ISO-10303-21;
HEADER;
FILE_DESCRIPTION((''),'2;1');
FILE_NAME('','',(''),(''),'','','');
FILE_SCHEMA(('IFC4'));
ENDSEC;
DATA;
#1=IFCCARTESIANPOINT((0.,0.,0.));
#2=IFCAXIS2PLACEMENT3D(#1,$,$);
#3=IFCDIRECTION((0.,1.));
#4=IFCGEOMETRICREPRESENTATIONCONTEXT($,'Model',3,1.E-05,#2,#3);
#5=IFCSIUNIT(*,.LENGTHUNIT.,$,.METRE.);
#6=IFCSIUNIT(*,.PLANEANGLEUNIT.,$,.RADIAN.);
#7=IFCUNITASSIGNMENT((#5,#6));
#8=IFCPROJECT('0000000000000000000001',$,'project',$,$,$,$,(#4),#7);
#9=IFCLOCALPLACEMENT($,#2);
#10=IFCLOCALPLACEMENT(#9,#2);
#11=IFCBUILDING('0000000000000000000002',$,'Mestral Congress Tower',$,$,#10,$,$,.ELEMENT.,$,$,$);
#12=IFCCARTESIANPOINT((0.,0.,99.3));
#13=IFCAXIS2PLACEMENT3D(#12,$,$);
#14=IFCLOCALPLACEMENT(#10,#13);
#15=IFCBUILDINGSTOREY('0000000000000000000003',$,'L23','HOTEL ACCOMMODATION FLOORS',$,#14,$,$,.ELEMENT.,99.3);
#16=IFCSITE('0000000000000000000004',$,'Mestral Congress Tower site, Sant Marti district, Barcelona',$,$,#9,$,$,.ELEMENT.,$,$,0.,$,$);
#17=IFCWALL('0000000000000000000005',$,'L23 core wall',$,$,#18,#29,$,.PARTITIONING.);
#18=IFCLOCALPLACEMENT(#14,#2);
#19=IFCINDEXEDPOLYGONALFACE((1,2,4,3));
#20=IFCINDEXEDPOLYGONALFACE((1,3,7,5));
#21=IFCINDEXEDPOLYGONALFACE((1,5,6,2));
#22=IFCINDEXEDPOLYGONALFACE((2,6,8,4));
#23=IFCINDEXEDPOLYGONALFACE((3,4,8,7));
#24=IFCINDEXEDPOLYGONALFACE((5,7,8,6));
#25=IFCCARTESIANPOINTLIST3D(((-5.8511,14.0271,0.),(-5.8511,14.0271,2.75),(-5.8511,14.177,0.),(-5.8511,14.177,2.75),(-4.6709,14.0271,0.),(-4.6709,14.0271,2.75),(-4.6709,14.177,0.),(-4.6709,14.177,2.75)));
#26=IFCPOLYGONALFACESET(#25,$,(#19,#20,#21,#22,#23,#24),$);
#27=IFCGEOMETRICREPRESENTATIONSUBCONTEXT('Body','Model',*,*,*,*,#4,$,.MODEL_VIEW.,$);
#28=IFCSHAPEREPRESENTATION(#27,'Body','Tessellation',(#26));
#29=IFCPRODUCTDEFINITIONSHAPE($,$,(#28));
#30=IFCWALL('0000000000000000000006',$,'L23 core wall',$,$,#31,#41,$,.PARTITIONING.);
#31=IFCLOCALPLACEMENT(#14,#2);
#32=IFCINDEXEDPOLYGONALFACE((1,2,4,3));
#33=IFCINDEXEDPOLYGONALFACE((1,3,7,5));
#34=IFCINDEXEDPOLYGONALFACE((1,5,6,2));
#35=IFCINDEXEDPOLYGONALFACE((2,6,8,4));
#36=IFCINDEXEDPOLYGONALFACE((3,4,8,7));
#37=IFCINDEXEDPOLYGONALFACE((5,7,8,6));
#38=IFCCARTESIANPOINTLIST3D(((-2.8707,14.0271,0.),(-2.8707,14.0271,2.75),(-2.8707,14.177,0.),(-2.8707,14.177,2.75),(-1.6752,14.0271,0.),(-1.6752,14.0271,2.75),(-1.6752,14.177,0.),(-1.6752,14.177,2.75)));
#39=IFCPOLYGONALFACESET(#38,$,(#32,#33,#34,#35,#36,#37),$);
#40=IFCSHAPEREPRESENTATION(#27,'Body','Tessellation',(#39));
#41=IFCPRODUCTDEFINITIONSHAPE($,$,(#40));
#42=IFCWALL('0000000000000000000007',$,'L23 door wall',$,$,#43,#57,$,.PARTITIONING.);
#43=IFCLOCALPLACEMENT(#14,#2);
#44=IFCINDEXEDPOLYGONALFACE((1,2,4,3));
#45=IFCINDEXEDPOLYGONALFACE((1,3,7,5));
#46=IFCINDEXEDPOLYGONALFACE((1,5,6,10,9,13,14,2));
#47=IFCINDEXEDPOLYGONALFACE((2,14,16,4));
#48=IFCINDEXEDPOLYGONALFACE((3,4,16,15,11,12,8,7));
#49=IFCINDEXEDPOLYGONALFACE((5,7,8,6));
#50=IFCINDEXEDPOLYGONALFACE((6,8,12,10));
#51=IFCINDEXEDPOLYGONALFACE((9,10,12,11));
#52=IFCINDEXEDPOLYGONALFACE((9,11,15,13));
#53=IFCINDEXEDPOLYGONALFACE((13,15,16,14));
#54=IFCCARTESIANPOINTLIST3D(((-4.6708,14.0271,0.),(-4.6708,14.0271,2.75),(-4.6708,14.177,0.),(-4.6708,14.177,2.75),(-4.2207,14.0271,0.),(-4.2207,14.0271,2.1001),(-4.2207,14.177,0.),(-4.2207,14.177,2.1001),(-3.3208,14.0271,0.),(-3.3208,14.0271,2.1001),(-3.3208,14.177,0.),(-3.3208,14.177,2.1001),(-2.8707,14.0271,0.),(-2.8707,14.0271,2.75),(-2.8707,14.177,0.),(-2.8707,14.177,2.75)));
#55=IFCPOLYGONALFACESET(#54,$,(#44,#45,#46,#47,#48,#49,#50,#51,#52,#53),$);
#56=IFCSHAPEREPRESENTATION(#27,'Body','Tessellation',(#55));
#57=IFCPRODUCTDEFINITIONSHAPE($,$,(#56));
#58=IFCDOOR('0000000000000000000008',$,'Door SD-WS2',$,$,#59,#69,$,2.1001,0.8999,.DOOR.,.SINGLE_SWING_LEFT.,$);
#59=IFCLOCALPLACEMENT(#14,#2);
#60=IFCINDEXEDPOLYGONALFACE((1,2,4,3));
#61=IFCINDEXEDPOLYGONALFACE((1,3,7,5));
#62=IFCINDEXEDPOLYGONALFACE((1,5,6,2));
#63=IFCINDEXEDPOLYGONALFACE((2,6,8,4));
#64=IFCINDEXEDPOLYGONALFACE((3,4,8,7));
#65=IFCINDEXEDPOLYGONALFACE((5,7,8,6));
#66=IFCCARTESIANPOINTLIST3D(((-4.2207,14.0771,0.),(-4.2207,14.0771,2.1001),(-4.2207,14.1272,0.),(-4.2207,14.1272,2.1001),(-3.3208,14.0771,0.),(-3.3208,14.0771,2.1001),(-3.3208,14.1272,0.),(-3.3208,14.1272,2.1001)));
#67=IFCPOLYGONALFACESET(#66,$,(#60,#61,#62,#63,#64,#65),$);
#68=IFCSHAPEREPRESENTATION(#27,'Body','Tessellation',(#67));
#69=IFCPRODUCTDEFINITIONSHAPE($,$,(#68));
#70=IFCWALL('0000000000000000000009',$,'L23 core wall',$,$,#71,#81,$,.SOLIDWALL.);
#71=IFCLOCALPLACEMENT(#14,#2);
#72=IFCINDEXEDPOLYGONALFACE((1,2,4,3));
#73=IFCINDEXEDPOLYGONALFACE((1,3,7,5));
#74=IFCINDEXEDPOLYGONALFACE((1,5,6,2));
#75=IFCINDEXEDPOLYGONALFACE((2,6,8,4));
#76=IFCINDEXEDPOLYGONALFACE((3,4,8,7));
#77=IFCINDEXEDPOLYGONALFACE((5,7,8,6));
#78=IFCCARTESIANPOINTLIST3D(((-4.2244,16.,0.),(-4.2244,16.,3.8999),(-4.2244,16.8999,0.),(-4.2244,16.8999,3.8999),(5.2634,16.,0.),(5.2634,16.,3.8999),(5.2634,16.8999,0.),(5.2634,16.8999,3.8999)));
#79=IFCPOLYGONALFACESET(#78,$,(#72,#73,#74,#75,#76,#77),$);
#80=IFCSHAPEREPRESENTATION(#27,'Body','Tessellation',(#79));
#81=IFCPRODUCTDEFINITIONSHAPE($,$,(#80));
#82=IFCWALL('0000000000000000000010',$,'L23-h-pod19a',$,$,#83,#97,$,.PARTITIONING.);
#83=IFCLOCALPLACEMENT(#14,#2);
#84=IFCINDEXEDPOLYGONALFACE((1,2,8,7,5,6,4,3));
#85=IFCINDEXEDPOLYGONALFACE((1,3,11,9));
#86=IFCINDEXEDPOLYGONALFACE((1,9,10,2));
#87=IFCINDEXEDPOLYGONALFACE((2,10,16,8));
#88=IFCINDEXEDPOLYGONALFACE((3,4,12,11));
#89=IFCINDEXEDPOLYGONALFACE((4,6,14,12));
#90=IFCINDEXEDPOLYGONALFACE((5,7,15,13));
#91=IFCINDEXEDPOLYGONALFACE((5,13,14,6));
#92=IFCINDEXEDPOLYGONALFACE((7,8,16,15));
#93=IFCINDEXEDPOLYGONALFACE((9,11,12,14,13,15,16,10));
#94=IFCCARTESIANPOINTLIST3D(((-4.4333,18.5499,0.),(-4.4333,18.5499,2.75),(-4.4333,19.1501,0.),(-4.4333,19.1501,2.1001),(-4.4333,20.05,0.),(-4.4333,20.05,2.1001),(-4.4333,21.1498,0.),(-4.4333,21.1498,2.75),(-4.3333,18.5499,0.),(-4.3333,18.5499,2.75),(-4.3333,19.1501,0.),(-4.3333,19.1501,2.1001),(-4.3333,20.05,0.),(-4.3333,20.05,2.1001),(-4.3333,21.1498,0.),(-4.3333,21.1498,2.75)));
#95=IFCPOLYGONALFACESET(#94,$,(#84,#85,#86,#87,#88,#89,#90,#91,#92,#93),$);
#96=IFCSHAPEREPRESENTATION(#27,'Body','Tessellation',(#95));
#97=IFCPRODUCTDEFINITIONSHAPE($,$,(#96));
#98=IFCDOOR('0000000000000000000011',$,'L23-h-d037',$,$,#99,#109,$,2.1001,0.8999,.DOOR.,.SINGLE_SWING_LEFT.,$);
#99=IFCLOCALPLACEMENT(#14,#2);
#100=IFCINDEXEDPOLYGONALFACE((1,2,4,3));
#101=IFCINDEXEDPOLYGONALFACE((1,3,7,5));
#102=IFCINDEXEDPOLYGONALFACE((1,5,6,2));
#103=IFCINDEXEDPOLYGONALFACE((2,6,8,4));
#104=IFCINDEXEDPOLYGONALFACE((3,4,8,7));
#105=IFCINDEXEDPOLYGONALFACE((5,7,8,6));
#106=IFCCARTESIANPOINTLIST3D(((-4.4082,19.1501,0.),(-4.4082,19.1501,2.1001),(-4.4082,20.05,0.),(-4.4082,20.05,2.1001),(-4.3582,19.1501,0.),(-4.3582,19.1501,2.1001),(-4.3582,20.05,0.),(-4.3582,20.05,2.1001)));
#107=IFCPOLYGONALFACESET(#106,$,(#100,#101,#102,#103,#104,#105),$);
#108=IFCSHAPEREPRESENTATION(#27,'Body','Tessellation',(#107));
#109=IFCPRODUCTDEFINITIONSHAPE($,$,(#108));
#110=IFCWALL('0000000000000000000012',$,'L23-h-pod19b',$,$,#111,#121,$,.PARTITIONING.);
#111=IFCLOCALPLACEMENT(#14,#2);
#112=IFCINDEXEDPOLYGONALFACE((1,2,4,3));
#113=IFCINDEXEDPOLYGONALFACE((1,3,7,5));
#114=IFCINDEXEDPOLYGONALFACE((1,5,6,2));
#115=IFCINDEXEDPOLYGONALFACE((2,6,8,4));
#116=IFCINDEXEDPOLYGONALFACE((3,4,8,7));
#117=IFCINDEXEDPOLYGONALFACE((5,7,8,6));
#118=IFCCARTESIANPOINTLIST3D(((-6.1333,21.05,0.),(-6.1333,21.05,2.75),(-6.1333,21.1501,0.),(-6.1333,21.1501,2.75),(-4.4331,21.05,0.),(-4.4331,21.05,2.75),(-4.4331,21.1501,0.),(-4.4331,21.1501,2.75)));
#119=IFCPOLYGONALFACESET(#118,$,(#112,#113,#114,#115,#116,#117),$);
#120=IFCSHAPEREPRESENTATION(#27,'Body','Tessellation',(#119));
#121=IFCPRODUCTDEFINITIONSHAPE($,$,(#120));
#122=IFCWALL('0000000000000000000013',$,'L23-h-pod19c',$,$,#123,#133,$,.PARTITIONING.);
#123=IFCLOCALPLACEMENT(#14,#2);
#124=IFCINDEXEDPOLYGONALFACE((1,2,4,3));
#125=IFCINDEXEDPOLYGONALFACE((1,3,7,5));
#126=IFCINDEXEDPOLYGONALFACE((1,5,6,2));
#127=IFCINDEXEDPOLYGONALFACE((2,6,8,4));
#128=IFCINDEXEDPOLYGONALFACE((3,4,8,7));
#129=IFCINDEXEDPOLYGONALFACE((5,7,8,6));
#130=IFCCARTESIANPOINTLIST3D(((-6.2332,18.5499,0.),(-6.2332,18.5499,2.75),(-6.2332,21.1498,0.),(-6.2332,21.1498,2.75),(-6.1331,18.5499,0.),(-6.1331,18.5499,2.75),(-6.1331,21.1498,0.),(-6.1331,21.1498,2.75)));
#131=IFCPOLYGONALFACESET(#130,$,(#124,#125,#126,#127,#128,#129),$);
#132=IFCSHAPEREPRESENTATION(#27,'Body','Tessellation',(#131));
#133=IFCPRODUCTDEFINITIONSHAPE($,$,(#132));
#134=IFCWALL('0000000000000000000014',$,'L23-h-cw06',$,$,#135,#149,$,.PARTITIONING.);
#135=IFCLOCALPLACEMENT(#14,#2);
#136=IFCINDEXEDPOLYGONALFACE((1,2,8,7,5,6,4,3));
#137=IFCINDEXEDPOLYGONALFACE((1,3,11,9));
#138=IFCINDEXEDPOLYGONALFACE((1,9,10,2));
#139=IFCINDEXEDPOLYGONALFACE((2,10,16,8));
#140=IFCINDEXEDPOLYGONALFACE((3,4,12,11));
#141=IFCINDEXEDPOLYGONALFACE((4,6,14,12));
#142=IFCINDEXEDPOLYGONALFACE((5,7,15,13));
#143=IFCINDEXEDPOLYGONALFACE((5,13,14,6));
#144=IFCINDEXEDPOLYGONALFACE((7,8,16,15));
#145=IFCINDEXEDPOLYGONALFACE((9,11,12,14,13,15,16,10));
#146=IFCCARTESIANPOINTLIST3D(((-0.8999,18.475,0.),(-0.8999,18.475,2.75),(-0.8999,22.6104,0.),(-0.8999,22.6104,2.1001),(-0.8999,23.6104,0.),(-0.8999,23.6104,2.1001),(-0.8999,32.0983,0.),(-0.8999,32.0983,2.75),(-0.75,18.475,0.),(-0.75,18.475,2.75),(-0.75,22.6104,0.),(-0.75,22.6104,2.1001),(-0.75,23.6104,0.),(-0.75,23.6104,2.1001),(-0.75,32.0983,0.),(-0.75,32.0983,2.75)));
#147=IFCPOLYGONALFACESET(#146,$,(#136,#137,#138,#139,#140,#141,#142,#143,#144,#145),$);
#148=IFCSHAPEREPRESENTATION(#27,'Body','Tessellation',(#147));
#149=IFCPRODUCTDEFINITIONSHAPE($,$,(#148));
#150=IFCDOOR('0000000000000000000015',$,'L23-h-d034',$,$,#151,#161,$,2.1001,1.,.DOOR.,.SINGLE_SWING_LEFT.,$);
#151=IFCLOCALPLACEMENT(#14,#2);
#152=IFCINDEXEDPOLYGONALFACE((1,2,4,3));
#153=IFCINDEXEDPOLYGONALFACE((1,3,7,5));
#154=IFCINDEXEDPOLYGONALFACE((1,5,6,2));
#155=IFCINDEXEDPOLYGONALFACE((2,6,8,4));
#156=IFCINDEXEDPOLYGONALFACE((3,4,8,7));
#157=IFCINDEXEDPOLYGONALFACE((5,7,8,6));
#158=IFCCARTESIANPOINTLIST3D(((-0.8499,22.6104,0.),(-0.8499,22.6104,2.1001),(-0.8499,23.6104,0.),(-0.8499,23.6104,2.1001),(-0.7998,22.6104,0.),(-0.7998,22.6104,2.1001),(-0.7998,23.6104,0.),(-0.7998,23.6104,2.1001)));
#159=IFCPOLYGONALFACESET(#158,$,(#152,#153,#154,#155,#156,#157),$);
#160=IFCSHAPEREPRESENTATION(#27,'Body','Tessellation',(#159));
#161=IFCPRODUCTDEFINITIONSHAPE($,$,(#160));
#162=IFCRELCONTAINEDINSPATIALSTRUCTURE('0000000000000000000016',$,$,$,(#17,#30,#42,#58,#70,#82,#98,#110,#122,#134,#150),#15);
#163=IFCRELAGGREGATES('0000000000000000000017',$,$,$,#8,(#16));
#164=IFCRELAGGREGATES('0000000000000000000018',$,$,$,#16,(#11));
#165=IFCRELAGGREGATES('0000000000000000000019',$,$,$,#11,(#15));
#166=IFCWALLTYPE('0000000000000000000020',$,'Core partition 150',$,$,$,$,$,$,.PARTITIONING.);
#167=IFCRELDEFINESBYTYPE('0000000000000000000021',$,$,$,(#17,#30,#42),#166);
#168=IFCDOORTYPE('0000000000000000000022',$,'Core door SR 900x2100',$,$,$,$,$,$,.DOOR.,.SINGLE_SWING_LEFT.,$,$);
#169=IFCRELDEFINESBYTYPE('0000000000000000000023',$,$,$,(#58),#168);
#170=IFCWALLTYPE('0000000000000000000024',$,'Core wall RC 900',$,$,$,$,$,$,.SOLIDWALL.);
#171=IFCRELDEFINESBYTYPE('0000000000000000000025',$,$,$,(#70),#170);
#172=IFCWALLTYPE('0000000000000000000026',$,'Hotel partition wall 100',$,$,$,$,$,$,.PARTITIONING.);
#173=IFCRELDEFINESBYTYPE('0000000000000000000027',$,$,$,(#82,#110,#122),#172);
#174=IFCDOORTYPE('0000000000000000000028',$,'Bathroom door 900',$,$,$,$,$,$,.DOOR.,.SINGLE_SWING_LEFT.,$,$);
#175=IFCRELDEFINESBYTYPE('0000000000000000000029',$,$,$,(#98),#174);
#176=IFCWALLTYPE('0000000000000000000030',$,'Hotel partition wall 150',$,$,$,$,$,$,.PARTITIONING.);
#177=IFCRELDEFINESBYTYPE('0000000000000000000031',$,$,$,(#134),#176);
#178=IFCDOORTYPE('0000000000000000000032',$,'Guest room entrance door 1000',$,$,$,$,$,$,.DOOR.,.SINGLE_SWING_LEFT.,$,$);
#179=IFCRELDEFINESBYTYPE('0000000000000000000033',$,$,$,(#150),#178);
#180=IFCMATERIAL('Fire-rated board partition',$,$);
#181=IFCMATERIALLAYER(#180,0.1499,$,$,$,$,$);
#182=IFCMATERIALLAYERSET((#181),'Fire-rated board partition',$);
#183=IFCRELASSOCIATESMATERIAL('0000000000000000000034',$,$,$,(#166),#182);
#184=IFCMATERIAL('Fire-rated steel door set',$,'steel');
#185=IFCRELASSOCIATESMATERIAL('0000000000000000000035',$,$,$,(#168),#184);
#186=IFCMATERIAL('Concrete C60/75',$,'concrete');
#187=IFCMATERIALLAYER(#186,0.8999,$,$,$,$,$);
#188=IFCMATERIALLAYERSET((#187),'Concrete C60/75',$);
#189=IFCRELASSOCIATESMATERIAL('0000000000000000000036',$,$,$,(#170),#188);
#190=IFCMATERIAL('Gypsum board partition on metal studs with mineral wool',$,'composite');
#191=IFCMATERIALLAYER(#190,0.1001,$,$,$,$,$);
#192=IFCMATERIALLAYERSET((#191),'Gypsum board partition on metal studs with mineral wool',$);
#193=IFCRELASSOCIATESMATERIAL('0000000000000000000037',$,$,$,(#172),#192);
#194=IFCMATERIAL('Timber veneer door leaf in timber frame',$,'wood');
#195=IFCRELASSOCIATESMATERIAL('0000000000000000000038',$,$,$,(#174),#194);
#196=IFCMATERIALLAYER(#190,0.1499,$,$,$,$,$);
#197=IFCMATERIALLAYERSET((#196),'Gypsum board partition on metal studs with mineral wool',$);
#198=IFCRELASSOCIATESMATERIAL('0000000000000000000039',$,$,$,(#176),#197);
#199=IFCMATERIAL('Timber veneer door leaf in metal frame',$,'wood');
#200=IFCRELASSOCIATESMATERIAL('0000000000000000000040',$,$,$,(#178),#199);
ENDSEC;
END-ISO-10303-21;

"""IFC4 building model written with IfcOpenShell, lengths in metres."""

from ifc_helpers import new_model, si_unit, direction, frame, frame_2d, origin, place, context, subcontext, project, spatial, rectangle, extrude, material, layer, layer_set, type_object, element, fill, save


model = new_model("IFC4")

# Units and contexts
model_context = context("Model", 3, precision=1e-05, world=origin(), true_north=direction((0.0, 1.0)))
body_context = subcontext(model_context, "Body", "Model", "MODEL_VIEW")
ifc_project = project(units=[si_unit("LENGTHUNIT", "METRE"), si_unit("PLANEANGLEUNIT", "RADIAN")], contexts=[model_context])

# Site, building, storey
site_placement = place(None, origin())
site = spatial("IfcSite", under=ifc_project, at=site_placement, Name="Mestral Congress Tower site, Sant Marti district, Barcelona", CompositionType="ELEMENT", RefElevation=0.0)
building_placement = place(site_placement, origin())
building = spatial("IfcBuilding", under=site, at=building_placement, Name="Mestral Congress Tower", CompositionType="ELEMENT")
storey_placement = place(building_placement, frame((0.0, 0.0, 99.3)))
storey = spatial("IfcBuildingStorey", under=building, at=storey_placement, Name="L23", Description="HOTEL ACCOMMODATION FLOORS", CompositionType="ELEMENT", Elevation=99.3)

# Walls
ifc_material_1 = material(Name="Fire-rated board partition")
ifc_layer_1 = layer(ifc_material_1, 0.1499)
ifc_layer_set_1 = layer_set([ifc_layer_1], Name="Fire-rated board partition")
wall_type_1 = type_object("IfcWallType", Name="Core partition 150", PredefinedType="PARTITIONING", material=ifc_layer_set_1)
wall_1_placement = place(storey_placement, frame((-5.8511, 14.1021, 0.0), z_axis=(0.0, 0.0, 1.0), x_axis=(1.0, 0.0, 0.0)))
element("IfcWall", 1, at=wall_1_placement, inside=storey, type_object=wall_type_1, Name="L23 core wall", PredefinedType="PARTITIONING", context=body_context, shape_type="SweptSolid", body=[
    extrude(rectangle(XDim=1.1802, YDim=0.1499, at=frame_2d((0.5901, 0.0))), origin(), (0.0, 0.0, 1.0), 2.75),
])
wall_2_placement = place(storey_placement, frame((-2.8706, 14.1021, 0.0), z_axis=(0.0, 0.0, 1.0), x_axis=(1.0, 0.0, 0.0)))
element("IfcWall", 2, at=wall_2_placement, inside=storey, type_object=wall_type_1, Name="L23 core wall", PredefinedType="PARTITIONING", context=body_context, shape_type="SweptSolid", body=[
    extrude(rectangle(XDim=1.1956, YDim=0.1499, at=frame_2d((0.5977, 0.0))), origin(), (0.0, 0.0, 1.0), 2.75),
])

# Wall, opening, door
wall_3_placement = place(storey_placement, frame((-2.8708, 14.1021, 0.0), z_axis=(0.0, 0.0, 1.0), x_axis=(-1.0, 0.0, 0.0)))
wall_3 = element("IfcWall", 3, at=wall_3_placement, inside=storey, type_object=wall_type_1, Name="L23 door wall", PredefinedType="PARTITIONING", context=body_context, shape_type="SweptSolid", body=[
    extrude(rectangle(XDim=1.8, YDim=0.1499, at=frame_2d((0.8999, 0.0))), origin(), (0.0, 0.0, 1.0), 2.75),
])
opening_1_placement = place(wall_3_placement, frame((0.45, 0.0, 0.0)))
opening_1 = element("IfcOpeningElement", 4, at=opening_1_placement, cuts=wall_3, PredefinedType="OPENING", context=body_context, shape_type="SweptSolid", body=[
    extrude(rectangle(XDim=0.8999, YDim=2.1001, at=frame_2d((0.45, 1.05))), frame((0.0, 0.085, 0.0), z_axis=(0.0, -1.0, 0.0), x_axis=(1.0, 0.0, 0.0)), (0.0, 0.0, 1.0), 0.1699),
])
ifc_material_2 = material(Name="Fire-rated steel door set", Category="steel")
door_type_1 = type_object("IfcDoorType", Name="Core door SR 900x2100", OperationType="SINGLE_SWING_LEFT", PredefinedType="DOOR", material=ifc_material_2)
door_1_placement = place(opening_1_placement, origin())
door_1 = element("IfcDoor", 5, at=door_1_placement, inside=storey, type_object=door_type_1, Name="Door SD-WS2", OperationType="SINGLE_SWING_LEFT", OverallHeight=2.1001, OverallWidth=0.8999, PredefinedType="DOOR", context=body_context, shape_type="SweptSolid", body=[
    extrude(rectangle(XDim=0.8999, YDim=2.1001, at=frame_2d((0.45, 1.05))), frame((0.0, 0.0249, 0.0), z_axis=(0.0, -1.0, 0.0), x_axis=(1.0, 0.0, 0.0)), (0.0, 0.0, 1.0), 0.05),
])
fill(opening_1, door_1)

# Wall
ifc_material_3 = material(Name="Concrete C60/75", Category="concrete")
ifc_layer_2 = layer(ifc_material_3, 0.8999)
ifc_layer_set_2 = layer_set([ifc_layer_2], Name="Concrete C60/75")
wall_type_2 = type_object("IfcWallType", Name="Core wall RC 900", PredefinedType="SOLIDWALL", material=ifc_layer_set_2)
wall_4_placement = place(storey_placement, frame((-4.2244, 16.45, 0.0), z_axis=(0.0, 0.0, 1.0), x_axis=(1.0, 0.0, 0.0)))
element("IfcWall", 6, at=wall_4_placement, inside=storey, type_object=wall_type_2, Name="L23 core wall", PredefinedType="SOLIDWALL", context=body_context, shape_type="SweptSolid", body=[
    extrude(rectangle(XDim=9.4878, YDim=0.8999, at=frame_2d((4.7439, 0.0))), origin(), (0.0, 0.0, 1.0), 3.8999),
])

# Wall, opening, door
ifc_material_4 = material(Name="Gypsum board partition on metal studs with mineral wool", Category="composite")
ifc_layer_3 = layer(ifc_material_4, 0.1001)
ifc_layer_set_3 = layer_set([ifc_layer_3], Name="Gypsum board partition on metal studs with mineral wool")
wall_type_3 = type_object("IfcWallType", Name="Hotel partition wall 100", PredefinedType="PARTITIONING", material=ifc_layer_set_3)
wall_5_placement = place(storey_placement, frame((-4.3833, 18.55, 0.0), z_axis=(0.0, 0.0, 1.0), x_axis=(0.0, 1.0, 0.0)))
wall_5 = element("IfcWall", 7, at=wall_5_placement, inside=storey, type_object=wall_type_3, Name="L23-h-pod19a", PredefinedType="PARTITIONING", context=body_context, shape_type="SweptSolid", body=[
    extrude(rectangle(XDim=2.5999, YDim=0.1001, at=frame_2d((1.2998, 0.0))), origin(), (0.0, 0.0, 1.0), 2.75),
])
opening_2_placement = place(wall_5_placement, frame((0.6001, 0.0, 0.0)))
opening_2 = element("IfcOpeningElement", 8, at=opening_2_placement, cuts=wall_5, PredefinedType="OPENING", context=body_context, shape_type="SweptSolid", body=[
    extrude(rectangle(XDim=0.8999, YDim=2.1001, at=frame_2d((0.45, 1.05))), frame((0.0, 0.0601, 0.0), z_axis=(0.0, -1.0, 0.0), x_axis=(1.0, 0.0, 0.0)), (0.0, 0.0, 1.0), 0.1201),
])
ifc_material_5 = material(Name="Timber veneer door leaf in timber frame", Category="wood")
door_type_2 = type_object("IfcDoorType", Name="Bathroom door 900", OperationType="SINGLE_SWING_LEFT", PredefinedType="DOOR", material=ifc_material_5)
door_2_placement = place(opening_2_placement, origin())
door_2 = element("IfcDoor", 9, at=door_2_placement, inside=storey, type_object=door_type_2, Name="L23-h-d037", OperationType="SINGLE_SWING_LEFT", OverallHeight=2.1001, OverallWidth=0.8999, PredefinedType="DOOR", context=body_context, shape_type="SweptSolid", body=[
    extrude(rectangle(XDim=0.8999, YDim=2.1001, at=frame_2d((0.45, 1.05))), frame((0.0, 0.0249, 0.0), z_axis=(0.0, -1.0, 0.0), x_axis=(1.0, 0.0, 0.0)), (0.0, 0.0, 1.0), 0.05),
])
fill(opening_2, door_2)

# Walls
wall_6_placement = place(storey_placement, frame((-4.4331, 21.1001, 0.0), z_axis=(0.0, 0.0, 1.0), x_axis=(-1.0, 0.0, 0.0)))
element("IfcWall", 10, at=wall_6_placement, inside=storey, type_object=wall_type_3, Name="L23-h-pod19b", PredefinedType="PARTITIONING", context=body_context, shape_type="SweptSolid", body=[
    extrude(rectangle(XDim=1.7002, YDim=0.1001, at=frame_2d((0.8501, 0.0))), origin(), (0.0, 0.0, 1.0), 2.75),
])
wall_7_placement = place(storey_placement, frame((-6.1831, 18.55, 0.0), z_axis=(0.0, 0.0, 1.0), x_axis=(0.0, 1.0, 0.0)))
element("IfcWall", 11, at=wall_7_placement, inside=storey, type_object=wall_type_3, Name="L23-h-pod19c", PredefinedType="PARTITIONING", context=body_context, shape_type="SweptSolid", body=[
    extrude(rectangle(XDim=2.5999, YDim=0.1001, at=frame_2d((1.2998, 0.0))), origin(), (0.0, 0.0, 1.0), 2.75),
])

# Wall, opening, door
ifc_layer_4 = layer(ifc_material_4, 0.1499)
ifc_layer_set_4 = layer_set([ifc_layer_4], Name="Gypsum board partition on metal studs with mineral wool")
wall_type_4 = type_object("IfcWallType", Name="Hotel partition wall 150", PredefinedType="PARTITIONING", material=ifc_layer_set_4)
wall_8_placement = place(storey_placement, frame((-0.825, 18.4751, 0.0), z_axis=(0.0, 0.0, 1.0), x_axis=(0.0, 1.0, 0.0)))
wall_8 = element("IfcWall", 12, at=wall_8_placement, inside=storey, type_object=wall_type_4, Name="L23-h-cw06", PredefinedType="PARTITIONING", context=body_context, shape_type="SweptSolid", body=[
    extrude(rectangle(XDim=13.6233, YDim=0.1499, at=frame_2d((6.8115, 0.0))), origin(), (0.0, 0.0, 1.0), 2.75),
])
opening_3_placement = place(wall_8_placement, frame((4.1353, 0.0, 0.0)))
opening_3 = element("IfcOpeningElement", 13, at=opening_3_placement, cuts=wall_8, PredefinedType="OPENING", context=body_context, shape_type="SweptSolid", body=[
    extrude(rectangle(XDim=1.0, YDim=2.1001, at=frame_2d((0.5, 1.05))), frame((0.0, 0.085, 0.0), z_axis=(0.0, -1.0, 0.0), x_axis=(1.0, 0.0, 0.0)), (0.0, 0.0, 1.0), 0.1699),
])
ifc_material_6 = material(Name="Timber veneer door leaf in metal frame", Category="wood")
door_type_3 = type_object("IfcDoorType", Name="Guest room entrance door 1000", OperationType="SINGLE_SWING_LEFT", PredefinedType="DOOR", material=ifc_material_6)
door_3_placement = place(opening_3_placement, origin())
door_3 = element("IfcDoor", 14, at=door_3_placement, inside=storey, type_object=door_type_3, Name="L23-h-d034", OperationType="SINGLE_SWING_LEFT", OverallHeight=2.1001, OverallWidth=1.0, PredefinedType="DOOR", context=body_context, shape_type="SweptSolid", body=[
    extrude(rectangle(XDim=1.0, YDim=2.1001, at=frame_2d((0.5, 1.05))), frame((0.0, 0.0249, 0.0), z_axis=(0.0, -1.0, 0.0), x_axis=(1.0, 0.0, 0.0)), (0.0, 0.0, 1.0), 0.05),
])
fill(opening_3, door_3)

save(model, "model.ifc")
